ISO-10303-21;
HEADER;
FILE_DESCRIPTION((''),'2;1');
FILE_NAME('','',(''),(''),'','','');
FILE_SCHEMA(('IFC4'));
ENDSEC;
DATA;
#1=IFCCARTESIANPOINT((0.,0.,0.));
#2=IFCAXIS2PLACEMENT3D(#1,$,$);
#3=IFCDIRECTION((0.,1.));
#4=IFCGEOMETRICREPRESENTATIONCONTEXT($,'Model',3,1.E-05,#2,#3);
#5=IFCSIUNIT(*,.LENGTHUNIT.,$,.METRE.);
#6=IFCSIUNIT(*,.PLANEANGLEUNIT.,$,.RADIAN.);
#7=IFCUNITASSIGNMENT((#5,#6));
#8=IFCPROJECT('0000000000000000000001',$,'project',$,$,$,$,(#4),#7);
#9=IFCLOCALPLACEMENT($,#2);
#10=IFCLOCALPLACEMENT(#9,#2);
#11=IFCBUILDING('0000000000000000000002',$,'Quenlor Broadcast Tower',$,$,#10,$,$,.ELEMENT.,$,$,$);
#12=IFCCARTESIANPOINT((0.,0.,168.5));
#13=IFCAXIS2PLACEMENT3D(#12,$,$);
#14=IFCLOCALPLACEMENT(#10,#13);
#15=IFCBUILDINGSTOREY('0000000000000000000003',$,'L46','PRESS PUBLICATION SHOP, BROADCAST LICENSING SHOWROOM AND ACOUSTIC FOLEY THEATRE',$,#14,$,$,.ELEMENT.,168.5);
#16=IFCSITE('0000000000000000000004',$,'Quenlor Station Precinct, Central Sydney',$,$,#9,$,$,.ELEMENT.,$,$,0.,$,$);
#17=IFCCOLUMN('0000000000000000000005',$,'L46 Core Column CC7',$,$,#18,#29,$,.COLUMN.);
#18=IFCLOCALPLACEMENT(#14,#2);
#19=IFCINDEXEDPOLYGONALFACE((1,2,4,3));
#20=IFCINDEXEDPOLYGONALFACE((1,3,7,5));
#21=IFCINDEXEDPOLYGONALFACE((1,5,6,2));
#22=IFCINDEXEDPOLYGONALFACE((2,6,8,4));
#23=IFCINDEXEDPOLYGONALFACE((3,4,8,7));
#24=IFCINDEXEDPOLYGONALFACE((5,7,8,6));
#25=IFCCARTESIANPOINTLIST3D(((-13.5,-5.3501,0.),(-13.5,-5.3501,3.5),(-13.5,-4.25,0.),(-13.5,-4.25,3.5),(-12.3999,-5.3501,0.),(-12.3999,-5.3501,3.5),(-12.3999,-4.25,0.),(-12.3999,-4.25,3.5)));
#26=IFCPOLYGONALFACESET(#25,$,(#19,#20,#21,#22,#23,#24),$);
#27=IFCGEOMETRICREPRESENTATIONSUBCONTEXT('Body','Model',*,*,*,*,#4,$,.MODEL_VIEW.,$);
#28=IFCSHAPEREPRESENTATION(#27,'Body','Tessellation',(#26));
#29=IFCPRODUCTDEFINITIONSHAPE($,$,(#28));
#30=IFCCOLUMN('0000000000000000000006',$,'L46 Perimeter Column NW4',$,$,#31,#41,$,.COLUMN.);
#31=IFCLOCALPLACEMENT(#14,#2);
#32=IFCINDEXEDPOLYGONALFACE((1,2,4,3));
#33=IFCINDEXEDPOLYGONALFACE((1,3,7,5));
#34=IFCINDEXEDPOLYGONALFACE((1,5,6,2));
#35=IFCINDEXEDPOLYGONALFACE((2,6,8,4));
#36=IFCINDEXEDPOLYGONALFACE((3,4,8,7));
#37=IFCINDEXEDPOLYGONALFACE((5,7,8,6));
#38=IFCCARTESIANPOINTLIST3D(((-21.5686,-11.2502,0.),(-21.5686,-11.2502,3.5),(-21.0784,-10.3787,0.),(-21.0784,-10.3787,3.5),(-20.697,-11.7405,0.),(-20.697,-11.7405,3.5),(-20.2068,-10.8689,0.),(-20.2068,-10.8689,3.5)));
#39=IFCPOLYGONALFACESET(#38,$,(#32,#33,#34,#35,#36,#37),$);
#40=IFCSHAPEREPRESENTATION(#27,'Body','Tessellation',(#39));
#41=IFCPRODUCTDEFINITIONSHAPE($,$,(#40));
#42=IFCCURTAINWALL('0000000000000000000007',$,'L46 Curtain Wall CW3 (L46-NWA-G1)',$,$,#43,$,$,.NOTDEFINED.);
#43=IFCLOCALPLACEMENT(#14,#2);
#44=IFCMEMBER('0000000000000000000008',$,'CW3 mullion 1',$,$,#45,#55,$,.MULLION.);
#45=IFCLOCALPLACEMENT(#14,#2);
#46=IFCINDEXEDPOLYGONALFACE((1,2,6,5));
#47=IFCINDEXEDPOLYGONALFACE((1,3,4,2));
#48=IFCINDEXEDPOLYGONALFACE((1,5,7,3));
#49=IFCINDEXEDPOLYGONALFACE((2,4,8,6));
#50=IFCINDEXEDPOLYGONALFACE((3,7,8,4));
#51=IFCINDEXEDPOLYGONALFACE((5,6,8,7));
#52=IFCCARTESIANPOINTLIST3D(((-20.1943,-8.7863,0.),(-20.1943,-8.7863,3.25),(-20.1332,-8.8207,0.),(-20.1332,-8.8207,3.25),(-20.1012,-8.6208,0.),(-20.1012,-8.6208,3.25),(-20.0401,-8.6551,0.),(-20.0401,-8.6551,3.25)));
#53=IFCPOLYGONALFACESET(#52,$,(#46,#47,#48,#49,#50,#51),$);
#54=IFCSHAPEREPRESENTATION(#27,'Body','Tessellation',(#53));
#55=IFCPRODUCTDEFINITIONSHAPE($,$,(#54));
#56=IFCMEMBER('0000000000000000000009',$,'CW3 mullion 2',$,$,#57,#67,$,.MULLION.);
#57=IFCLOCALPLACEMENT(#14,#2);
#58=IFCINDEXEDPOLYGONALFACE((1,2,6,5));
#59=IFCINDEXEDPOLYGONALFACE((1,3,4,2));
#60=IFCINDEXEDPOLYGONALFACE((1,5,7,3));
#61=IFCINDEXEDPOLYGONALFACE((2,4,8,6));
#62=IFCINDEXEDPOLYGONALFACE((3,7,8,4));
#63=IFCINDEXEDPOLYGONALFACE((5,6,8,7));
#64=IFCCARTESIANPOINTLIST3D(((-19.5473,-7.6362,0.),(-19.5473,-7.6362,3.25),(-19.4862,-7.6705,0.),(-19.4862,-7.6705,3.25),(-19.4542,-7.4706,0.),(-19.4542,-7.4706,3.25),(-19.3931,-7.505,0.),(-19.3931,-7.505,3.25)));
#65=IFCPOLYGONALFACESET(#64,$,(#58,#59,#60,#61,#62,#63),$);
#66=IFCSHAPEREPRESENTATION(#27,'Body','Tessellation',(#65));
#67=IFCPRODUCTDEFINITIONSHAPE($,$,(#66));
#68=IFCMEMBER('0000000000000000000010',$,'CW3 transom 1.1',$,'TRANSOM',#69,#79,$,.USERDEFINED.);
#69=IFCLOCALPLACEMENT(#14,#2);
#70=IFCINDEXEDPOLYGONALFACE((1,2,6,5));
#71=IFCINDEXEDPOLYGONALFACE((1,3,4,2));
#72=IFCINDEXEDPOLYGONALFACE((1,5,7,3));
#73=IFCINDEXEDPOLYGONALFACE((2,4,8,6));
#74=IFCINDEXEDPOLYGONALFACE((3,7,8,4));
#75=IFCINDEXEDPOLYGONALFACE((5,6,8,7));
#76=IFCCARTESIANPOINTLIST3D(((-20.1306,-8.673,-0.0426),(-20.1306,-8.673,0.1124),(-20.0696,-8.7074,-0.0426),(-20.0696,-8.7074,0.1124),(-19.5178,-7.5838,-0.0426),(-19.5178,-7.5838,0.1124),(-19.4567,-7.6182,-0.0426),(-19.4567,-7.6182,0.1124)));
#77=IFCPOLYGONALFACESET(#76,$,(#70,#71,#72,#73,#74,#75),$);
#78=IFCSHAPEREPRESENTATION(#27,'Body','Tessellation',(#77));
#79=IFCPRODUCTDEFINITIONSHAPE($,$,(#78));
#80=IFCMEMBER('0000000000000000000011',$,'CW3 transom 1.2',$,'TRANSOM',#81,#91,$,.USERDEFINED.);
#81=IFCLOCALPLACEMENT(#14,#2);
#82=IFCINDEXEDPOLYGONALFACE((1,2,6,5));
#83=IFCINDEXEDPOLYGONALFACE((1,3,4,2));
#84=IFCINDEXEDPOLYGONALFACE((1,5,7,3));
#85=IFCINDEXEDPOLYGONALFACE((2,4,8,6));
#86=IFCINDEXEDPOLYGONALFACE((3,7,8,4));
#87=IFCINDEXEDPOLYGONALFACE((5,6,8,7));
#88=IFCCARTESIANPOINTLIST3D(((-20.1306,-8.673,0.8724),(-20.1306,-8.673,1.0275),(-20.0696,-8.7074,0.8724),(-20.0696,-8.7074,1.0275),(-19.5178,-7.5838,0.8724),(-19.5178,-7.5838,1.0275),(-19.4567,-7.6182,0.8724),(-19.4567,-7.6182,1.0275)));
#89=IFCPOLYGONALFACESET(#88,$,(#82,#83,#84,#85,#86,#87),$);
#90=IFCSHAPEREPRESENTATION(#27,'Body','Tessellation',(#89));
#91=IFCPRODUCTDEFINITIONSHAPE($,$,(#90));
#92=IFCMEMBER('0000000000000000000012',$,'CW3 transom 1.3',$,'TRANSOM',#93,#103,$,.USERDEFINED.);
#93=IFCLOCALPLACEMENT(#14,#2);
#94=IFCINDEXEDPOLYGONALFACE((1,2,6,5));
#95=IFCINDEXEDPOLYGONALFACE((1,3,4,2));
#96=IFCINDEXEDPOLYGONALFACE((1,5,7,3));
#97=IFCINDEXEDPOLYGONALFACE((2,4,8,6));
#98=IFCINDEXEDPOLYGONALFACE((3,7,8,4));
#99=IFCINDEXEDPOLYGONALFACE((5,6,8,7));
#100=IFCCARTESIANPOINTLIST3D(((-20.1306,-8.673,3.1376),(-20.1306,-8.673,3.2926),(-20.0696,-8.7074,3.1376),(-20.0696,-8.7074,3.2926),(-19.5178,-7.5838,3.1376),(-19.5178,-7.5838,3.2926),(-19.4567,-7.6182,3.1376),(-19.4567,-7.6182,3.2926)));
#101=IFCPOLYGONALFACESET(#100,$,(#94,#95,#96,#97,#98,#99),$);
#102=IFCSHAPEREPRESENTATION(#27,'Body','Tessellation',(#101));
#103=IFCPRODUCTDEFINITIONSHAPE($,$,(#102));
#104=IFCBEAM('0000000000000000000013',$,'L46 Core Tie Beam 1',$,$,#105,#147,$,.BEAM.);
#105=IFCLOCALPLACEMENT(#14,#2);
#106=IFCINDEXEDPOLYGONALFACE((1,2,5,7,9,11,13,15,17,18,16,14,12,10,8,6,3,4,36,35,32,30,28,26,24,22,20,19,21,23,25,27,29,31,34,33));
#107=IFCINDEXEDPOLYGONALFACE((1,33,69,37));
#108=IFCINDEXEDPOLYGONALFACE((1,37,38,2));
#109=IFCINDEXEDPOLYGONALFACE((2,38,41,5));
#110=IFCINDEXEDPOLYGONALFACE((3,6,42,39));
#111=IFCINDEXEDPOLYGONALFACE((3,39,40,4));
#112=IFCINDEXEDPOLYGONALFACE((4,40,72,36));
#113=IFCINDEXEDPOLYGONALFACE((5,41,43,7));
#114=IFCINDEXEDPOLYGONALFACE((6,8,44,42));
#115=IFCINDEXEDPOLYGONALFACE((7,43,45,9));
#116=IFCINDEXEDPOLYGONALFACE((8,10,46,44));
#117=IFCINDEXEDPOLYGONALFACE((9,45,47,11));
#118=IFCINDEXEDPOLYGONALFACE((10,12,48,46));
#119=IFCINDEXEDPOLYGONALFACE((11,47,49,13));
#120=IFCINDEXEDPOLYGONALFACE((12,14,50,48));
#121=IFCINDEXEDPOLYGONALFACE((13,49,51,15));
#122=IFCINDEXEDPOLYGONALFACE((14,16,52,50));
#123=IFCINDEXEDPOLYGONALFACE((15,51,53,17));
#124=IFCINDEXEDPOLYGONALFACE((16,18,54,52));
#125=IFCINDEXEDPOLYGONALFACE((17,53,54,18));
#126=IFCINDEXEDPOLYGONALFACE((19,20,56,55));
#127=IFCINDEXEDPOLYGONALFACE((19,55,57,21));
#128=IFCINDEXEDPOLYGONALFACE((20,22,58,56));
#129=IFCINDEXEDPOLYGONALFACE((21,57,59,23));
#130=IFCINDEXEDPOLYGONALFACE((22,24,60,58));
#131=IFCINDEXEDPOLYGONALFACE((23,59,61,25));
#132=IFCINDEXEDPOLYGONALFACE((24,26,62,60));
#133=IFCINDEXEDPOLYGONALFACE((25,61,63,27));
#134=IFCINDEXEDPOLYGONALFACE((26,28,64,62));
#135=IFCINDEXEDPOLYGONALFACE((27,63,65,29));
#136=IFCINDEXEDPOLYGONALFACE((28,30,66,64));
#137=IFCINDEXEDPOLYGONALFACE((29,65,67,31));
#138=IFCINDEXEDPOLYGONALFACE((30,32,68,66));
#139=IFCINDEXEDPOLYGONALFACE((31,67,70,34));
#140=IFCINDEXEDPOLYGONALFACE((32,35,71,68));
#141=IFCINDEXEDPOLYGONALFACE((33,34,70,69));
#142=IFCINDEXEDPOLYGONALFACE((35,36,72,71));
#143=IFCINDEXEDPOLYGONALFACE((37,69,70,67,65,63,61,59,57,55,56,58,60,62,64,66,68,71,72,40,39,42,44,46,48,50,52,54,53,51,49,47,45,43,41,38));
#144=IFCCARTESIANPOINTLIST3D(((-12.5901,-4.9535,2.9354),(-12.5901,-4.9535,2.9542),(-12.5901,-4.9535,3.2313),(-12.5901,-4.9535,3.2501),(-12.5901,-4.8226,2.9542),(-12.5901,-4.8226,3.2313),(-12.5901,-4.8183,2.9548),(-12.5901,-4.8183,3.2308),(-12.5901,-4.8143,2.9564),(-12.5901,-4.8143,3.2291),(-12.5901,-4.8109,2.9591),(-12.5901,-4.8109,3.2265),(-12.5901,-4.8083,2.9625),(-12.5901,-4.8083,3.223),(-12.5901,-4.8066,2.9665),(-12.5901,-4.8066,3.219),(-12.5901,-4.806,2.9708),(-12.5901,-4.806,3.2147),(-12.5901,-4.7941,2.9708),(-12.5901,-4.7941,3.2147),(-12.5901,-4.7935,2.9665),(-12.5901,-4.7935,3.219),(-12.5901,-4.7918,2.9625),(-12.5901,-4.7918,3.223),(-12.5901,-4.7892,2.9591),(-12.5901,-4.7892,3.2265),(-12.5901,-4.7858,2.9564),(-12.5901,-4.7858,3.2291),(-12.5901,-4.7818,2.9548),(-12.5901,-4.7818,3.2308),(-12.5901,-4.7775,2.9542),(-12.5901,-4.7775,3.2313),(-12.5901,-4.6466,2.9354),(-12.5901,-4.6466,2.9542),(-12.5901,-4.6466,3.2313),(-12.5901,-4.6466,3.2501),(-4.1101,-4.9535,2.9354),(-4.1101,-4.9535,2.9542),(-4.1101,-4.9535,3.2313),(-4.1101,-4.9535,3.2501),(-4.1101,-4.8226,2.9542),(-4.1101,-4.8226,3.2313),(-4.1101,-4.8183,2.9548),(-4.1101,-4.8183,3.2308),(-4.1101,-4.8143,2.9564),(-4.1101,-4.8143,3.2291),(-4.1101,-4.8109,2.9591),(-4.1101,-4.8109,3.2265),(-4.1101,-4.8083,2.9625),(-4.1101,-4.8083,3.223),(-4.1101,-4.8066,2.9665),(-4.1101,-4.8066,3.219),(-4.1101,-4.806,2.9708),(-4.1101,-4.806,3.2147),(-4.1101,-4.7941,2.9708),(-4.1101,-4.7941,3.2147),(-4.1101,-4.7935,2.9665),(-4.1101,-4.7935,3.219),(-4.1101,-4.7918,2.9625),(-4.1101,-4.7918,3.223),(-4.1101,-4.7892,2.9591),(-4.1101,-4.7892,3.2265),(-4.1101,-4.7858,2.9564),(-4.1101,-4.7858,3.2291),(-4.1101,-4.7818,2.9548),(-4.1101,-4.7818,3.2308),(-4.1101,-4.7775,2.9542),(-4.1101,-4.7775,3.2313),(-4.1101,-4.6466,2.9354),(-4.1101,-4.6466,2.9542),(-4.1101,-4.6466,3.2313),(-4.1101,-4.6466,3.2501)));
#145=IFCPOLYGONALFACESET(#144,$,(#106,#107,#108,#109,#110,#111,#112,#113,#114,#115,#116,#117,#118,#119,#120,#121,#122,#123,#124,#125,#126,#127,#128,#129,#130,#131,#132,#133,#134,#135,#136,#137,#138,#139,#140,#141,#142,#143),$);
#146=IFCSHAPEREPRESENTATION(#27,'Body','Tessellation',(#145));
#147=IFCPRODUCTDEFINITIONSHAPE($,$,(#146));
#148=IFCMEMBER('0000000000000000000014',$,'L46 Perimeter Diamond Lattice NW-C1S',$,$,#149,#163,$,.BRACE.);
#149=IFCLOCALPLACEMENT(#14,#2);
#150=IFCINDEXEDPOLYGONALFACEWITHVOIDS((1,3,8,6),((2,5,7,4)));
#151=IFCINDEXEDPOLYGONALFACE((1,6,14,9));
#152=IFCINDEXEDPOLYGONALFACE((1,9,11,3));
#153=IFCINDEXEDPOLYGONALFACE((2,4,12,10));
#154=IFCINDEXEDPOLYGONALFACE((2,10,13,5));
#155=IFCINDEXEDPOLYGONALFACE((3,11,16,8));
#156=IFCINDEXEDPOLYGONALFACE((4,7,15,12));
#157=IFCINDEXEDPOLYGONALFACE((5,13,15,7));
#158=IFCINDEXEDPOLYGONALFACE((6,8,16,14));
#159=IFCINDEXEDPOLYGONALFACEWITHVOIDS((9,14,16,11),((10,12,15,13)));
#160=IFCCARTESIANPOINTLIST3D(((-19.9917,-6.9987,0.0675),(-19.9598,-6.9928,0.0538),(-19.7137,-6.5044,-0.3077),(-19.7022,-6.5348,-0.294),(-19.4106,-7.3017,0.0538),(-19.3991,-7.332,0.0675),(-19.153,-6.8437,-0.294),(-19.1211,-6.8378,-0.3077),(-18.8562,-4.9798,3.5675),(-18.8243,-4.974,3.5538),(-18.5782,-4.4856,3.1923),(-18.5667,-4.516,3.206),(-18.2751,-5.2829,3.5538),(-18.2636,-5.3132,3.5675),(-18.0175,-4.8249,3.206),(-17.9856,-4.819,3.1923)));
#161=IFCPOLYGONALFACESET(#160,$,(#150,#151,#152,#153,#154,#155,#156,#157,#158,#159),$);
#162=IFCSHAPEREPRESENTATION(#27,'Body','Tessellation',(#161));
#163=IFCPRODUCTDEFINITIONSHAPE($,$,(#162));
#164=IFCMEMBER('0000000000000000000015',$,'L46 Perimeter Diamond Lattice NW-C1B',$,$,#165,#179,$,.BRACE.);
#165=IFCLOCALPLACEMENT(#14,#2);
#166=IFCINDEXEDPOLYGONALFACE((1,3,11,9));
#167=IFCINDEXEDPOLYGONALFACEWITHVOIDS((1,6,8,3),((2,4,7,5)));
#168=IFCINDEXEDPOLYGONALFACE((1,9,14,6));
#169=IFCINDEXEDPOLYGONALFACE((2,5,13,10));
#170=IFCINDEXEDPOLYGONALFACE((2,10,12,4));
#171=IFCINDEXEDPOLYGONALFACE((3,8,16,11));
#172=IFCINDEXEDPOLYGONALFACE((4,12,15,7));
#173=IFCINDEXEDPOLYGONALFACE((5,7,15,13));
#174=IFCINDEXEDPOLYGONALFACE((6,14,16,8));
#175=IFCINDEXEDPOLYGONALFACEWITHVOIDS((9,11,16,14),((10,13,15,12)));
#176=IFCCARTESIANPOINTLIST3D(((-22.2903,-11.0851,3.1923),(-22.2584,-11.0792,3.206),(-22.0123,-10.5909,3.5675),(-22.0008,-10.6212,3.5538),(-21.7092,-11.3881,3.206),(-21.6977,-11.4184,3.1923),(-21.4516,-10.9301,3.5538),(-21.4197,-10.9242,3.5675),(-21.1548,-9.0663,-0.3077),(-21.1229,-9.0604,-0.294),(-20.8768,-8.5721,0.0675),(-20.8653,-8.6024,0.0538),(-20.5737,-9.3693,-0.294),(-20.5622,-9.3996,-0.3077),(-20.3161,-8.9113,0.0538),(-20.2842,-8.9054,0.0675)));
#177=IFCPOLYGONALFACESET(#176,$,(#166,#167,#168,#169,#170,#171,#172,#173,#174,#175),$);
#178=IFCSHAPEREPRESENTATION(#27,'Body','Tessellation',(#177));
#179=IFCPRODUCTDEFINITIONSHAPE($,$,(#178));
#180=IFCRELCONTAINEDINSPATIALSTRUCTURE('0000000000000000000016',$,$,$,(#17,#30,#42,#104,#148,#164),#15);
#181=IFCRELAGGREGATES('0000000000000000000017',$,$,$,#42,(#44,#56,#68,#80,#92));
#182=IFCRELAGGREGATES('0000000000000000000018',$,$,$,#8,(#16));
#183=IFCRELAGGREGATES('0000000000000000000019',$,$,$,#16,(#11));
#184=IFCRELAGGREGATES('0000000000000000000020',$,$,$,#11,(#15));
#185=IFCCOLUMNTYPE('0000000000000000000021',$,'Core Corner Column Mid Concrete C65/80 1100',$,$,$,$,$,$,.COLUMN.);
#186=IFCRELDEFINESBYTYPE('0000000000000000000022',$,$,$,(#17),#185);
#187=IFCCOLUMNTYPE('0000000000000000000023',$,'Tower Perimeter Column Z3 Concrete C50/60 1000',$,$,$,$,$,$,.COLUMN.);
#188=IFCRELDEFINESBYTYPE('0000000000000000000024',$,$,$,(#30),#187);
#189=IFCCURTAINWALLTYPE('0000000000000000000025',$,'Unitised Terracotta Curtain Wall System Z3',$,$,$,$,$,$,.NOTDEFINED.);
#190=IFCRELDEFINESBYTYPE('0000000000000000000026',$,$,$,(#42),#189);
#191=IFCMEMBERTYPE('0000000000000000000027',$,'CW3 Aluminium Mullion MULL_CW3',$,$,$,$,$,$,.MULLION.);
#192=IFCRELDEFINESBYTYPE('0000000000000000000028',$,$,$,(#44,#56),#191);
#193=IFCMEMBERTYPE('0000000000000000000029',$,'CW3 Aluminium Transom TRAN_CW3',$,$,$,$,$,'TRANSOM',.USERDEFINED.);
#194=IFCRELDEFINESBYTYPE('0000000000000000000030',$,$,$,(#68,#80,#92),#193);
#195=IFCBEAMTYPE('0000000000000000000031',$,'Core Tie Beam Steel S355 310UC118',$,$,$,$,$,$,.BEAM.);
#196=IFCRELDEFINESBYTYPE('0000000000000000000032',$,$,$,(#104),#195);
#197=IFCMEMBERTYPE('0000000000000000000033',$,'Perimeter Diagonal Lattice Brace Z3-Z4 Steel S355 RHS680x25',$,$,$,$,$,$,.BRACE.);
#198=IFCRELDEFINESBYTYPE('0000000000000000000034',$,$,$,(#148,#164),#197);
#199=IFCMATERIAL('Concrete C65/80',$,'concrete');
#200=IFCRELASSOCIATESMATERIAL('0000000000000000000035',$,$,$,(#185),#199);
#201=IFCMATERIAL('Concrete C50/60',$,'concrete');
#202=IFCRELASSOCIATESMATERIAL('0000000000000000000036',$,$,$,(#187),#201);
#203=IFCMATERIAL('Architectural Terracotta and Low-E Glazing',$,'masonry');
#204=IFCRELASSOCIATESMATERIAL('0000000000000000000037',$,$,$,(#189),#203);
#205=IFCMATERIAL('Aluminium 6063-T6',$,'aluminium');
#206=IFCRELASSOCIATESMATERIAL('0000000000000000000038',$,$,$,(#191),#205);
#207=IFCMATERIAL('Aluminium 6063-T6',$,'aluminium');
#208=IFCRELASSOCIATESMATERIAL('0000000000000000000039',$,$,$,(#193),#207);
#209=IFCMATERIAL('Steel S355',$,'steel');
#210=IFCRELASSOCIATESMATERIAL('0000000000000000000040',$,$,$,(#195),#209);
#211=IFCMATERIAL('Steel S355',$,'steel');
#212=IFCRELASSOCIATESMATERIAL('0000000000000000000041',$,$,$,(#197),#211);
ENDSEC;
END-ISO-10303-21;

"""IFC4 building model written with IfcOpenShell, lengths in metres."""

from ifc_helpers import new_model, si_unit, direction, frame, origin, origin_2d, place, context, subcontext, project, spatial, rectangle, hollow_rectangle, i_section, extrude, material, material_profile, profile_set, type_object, element, aggregate, save


model = new_model("IFC4")

# Units and contexts
model_context = context("Model", 3, precision=1e-05, world=origin(), true_north=direction((0.0, 1.0)))
body_context = subcontext(model_context, "Body", "Model", "MODEL_VIEW")
ifc_project = project(units=[si_unit("LENGTHUNIT", "METRE"), si_unit("PLANEANGLEUNIT", "RADIAN")], contexts=[model_context])

# Site, building, storey
site_placement = place(None, origin())
site = spatial("IfcSite", under=ifc_project, at=site_placement, Name="Quenlor Station Precinct, Central Sydney", CompositionType="ELEMENT", RefElevation=0.0)
building_placement = place(site_placement, origin())
building = spatial("IfcBuilding", under=site, at=building_placement, Name="Quenlor Broadcast Tower", CompositionType="ELEMENT")
storey_placement = place(building_placement, frame((0.0, 0.0, 168.5)))
storey = spatial("IfcBuildingStorey", under=building, at=storey_placement, Name="L46", Description="PRESS PUBLICATION SHOP, BROADCAST LICENSING SHOWROOM AND ACOUSTIC FOLEY THEATRE", CompositionType="ELEMENT", Elevation=168.5)

# Columns
ifc_material_1 = material(Name="Concrete C65/80", Category="concrete")
ifc_material_profile_1 = material_profile(ifc_material_1, rectangle(XDim=1.1001, YDim=1.1001, at=origin_2d()))
ifc_profile_set_1 = profile_set([ifc_material_profile_1], Name="Concrete C65/80 RC1100x1100")
column_type_1 = type_object("IfcColumnType", Name="Core Corner Column Mid Concrete C65/80 1100", PredefinedType="COLUMN", material=ifc_profile_set_1)
column_1_placement = place(storey_placement, frame((-12.95, -4.8, 0.0), z_axis=(0.0, 0.0, 1.0), x_axis=(1.0, 0.0, 0.0)))
element("IfcColumn", 1, at=column_1_placement, inside=storey, type_object=column_type_1, Name="L46 Core Column CC7", PredefinedType="COLUMN", context=body_context, shape_type="SweptSolid", body=[
    extrude(rectangle(XDim=1.1001, YDim=1.1001, at=origin_2d()), origin(), (0.0, 0.0, 1.0), 3.5),
])
ifc_material_2 = material(Name="Concrete C50/60", Category="concrete")
ifc_material_profile_2 = material_profile(ifc_material_2, rectangle(XDim=1.0, YDim=1.0, at=origin_2d()))
ifc_profile_set_2 = profile_set([ifc_material_profile_2], Name="Concrete C50/60 RC1000x1000")
column_type_2 = type_object("IfcColumnType", Name="Tower Perimeter Column Z3 Concrete C50/60 1000", PredefinedType="COLUMN", material=ifc_profile_set_2)
column_2_placement = place(storey_placement, frame((-20.8877, -11.0596, 0.0), z_axis=(0.0, 0.0, 1.0), x_axis=(-0.871575, 0.490262, 0.0)))
element("IfcColumn", 2, at=column_2_placement, inside=storey, type_object=column_type_2, Name="L46 Perimeter Column NW4", PredefinedType="COLUMN", context=body_context, shape_type="SweptSolid", body=[
    extrude(rectangle(XDim=1.0, YDim=1.0, at=origin_2d()), origin(), (0.0, 0.0, 1.0), 3.5),
])

# Curtain wall, members
ifc_material_3 = material(Name="Architectural Terracotta and Low-E Glazing", Category="masonry")
curtain_wall_type = type_object("IfcCurtainWallType", Name="Unitised Terracotta Curtain Wall System Z3", PredefinedType="NOTDEFINED", material=ifc_material_3)
curtain_wall_placement = place(storey_placement, origin())
curtain_wall = element("IfcCurtainWall", 3, at=curtain_wall_placement, inside=storey, type_object=curtain_wall_type, Name="L46 Curtain Wall CW3 (L46-NWA-G1)", PredefinedType="NOTDEFINED")
ifc_material_4 = material(Name="Aluminium 6063-T6", Category="aluminium")
ifc_material_profile_3 = material_profile(ifc_material_4, rectangle(XDim=0.0701, YDim=0.1899, at=origin_2d()))
ifc_profile_set_3 = profile_set([ifc_material_profile_3], Name="Aluminium 6063-T6 MULL70x190")
member_type_1 = type_object("IfcMemberType", Name="CW3 Aluminium Mullion MULL_CW3", PredefinedType="MULLION", material=ifc_profile_set_3)
member_1_placement = place(storey_placement, frame((-20.1172, -8.7207, 0.0), z_axis=(0.0, 0.0, 1.0), x_axis=(-0.871576, 0.490261, 0.0)))
member_1 = element("IfcMember", 4, at=member_1_placement, type_object=member_type_1, Name="CW3 mullion 1", PredefinedType="MULLION", context=body_context, shape_type="SweptSolid", body=[
    extrude(rectangle(XDim=0.0701, YDim=0.1899, at=origin_2d()), origin(), (0.0, 0.0, 1.0), 3.25),
])
member_2_placement = place(storey_placement, frame((-19.4702, -7.5706, 0.0), z_axis=(0.0, 0.0, 1.0), x_axis=(-0.871576, 0.490261, 0.0)))
member_2 = element("IfcMember", 5, at=member_2_placement, type_object=member_type_1, Name="CW3 mullion 2", PredefinedType="MULLION", context=body_context, shape_type="SweptSolid", body=[
    extrude(rectangle(XDim=0.0701, YDim=0.1899, at=origin_2d()), origin(), (0.0, 0.0, 1.0), 3.25),
])
ifc_material_5 = material(Name="Aluminium 6063-T6", Category="aluminium")
ifc_material_profile_4 = material_profile(ifc_material_5, rectangle(XDim=0.0701, YDim=0.155, at=origin_2d()))
ifc_profile_set_4 = profile_set([ifc_material_profile_4], Name="Aluminium 6063-T6 TRAN70x155")
member_type_2 = type_object("IfcMemberType", Name="CW3 Aluminium Transom TRAN_CW3", ElementType="TRANSOM", PredefinedType="USERDEFINED", material=ifc_profile_set_4)
member_3_placement = place(storey_placement, frame((-20.1001, -8.6902, 0.0349), z_axis=(0.490363, 0.871518, 0.0), x_axis=(-0.871518, 0.490363, 0.0)))
member_3 = element("IfcMember", 6, at=member_3_placement, type_object=member_type_2, Name="CW3 transom 1.1", ObjectType="TRANSOM", PredefinedType="USERDEFINED", context=body_context, shape_type="SweptSolid", body=[
    extrude(rectangle(XDim=0.0701, YDim=0.155, at=origin_2d()), origin(), (0.0, 0.0, 1.0), 1.2498),
])
member_4_placement = place(storey_placement, frame((-20.1001, -8.6902, 0.95), z_axis=(0.490363, 0.871518, 0.0), x_axis=(-0.871518, 0.490363, 0.0)))
member_4 = element("IfcMember", 7, at=member_4_placement, type_object=member_type_2, Name="CW3 transom 1.2", ObjectType="TRANSOM", PredefinedType="USERDEFINED", context=body_context, shape_type="SweptSolid", body=[
    extrude(rectangle(XDim=0.0701, YDim=0.155, at=origin_2d()), origin(), (0.0, 0.0, 1.0), 1.2498),
])
member_5_placement = place(storey_placement, frame((-20.1001, -8.6902, 3.2151), z_axis=(0.490363, 0.871518, 0.0), x_axis=(-0.871518, 0.490363, 0.0)))
member_5 = element("IfcMember", 8, at=member_5_placement, type_object=member_type_2, Name="CW3 transom 1.3", ObjectType="TRANSOM", PredefinedType="USERDEFINED", context=body_context, shape_type="SweptSolid", body=[
    extrude(rectangle(XDim=0.0701, YDim=0.155, at=origin_2d()), origin(), (0.0, 0.0, 1.0), 1.2498),
])

# Beam
ifc_material_6 = material(Name="Steel S355", Category="steel")
ifc_material_profile_5 = material_profile(ifc_material_6, i_section(OverallWidth=0.3069, OverallDepth=0.3147, WebThickness=0.012, FlangeThickness=0.0188, FilletRadius=0.0166, at=origin_2d()))
ifc_profile_set_5 = profile_set([ifc_material_profile_5], Name="Steel S355 310UC118")
beam_type_1 = type_object("IfcBeamType", Name="Core Tie Beam Steel S355 310UC118", PredefinedType="BEAM", material=ifc_profile_set_5)
beam_1_placement = place(storey_placement, frame((-12.5901, -4.8, 3.0928), z_axis=(1.0, 0.0, 0.0), x_axis=(0.0, 1.0, 0.0)))
element("IfcBeam", 9, at=beam_1_placement, inside=storey, type_object=beam_type_1, Name="L46 Core Tie Beam 1", PredefinedType="BEAM", context=body_context, shape_type="SweptSolid", body=[
    extrude(i_section(OverallWidth=0.3069, OverallDepth=0.3147, WebThickness=0.012, FlangeThickness=0.0188, FilletRadius=0.0166, at=origin_2d()), origin(), (0.0, 0.0, 1.0), 8.48),
])

# Members
ifc_material_7 = material(Name="Steel S355", Category="steel")
ifc_material_profile_6 = material_profile(ifc_material_7, hollow_rectangle(XDim=0.6799, YDim=0.6799, WallThickness=0.0249, at=origin_2d()))
ifc_profile_set_6 = profile_set([ifc_material_profile_6], Name="Steel S355 RHS680x680x25")
member_type_3 = type_object("IfcMemberType", Name="Perimeter Diagonal Lattice Brace Z3-Z4 Steel S355 RHS680x25", PredefinedType="BRACE", material=ifc_profile_set_6)
for number, where, z_axis, x_axis, name in (
    (10, (-19.5564, -6.9182, -0.1201), (0.270549, 0.481009, 0.833927), (-0.87159, 0.490236, 0.0), "L46 Perimeter Diamond Lattice NW-C1S"),
    (11, (-20.7195, -8.9858, -0.1201), (-0.270549, -0.481009, 0.833927), (0.87159, -0.490236, 0.0), "L46 Perimeter Diamond Lattice NW-C1B"),
):
    element("IfcMember", number, at=place(storey_placement, frame(where, z_axis=z_axis, x_axis=x_axis)), inside=storey, type_object=member_type_3, Name=name, PredefinedType="BRACE", context=body_context, shape_type="SweptSolid", body=[
        extrude(hollow_rectangle(XDim=0.6799, YDim=0.6799, WallThickness=0.0249, at=origin_2d()), origin(), (0.0, 0.0, 1.0), 4.197),
    ])

aggregate(curtain_wall, [member_1, member_2, member_3, member_4, member_5])

save(model, "model.ifc")
